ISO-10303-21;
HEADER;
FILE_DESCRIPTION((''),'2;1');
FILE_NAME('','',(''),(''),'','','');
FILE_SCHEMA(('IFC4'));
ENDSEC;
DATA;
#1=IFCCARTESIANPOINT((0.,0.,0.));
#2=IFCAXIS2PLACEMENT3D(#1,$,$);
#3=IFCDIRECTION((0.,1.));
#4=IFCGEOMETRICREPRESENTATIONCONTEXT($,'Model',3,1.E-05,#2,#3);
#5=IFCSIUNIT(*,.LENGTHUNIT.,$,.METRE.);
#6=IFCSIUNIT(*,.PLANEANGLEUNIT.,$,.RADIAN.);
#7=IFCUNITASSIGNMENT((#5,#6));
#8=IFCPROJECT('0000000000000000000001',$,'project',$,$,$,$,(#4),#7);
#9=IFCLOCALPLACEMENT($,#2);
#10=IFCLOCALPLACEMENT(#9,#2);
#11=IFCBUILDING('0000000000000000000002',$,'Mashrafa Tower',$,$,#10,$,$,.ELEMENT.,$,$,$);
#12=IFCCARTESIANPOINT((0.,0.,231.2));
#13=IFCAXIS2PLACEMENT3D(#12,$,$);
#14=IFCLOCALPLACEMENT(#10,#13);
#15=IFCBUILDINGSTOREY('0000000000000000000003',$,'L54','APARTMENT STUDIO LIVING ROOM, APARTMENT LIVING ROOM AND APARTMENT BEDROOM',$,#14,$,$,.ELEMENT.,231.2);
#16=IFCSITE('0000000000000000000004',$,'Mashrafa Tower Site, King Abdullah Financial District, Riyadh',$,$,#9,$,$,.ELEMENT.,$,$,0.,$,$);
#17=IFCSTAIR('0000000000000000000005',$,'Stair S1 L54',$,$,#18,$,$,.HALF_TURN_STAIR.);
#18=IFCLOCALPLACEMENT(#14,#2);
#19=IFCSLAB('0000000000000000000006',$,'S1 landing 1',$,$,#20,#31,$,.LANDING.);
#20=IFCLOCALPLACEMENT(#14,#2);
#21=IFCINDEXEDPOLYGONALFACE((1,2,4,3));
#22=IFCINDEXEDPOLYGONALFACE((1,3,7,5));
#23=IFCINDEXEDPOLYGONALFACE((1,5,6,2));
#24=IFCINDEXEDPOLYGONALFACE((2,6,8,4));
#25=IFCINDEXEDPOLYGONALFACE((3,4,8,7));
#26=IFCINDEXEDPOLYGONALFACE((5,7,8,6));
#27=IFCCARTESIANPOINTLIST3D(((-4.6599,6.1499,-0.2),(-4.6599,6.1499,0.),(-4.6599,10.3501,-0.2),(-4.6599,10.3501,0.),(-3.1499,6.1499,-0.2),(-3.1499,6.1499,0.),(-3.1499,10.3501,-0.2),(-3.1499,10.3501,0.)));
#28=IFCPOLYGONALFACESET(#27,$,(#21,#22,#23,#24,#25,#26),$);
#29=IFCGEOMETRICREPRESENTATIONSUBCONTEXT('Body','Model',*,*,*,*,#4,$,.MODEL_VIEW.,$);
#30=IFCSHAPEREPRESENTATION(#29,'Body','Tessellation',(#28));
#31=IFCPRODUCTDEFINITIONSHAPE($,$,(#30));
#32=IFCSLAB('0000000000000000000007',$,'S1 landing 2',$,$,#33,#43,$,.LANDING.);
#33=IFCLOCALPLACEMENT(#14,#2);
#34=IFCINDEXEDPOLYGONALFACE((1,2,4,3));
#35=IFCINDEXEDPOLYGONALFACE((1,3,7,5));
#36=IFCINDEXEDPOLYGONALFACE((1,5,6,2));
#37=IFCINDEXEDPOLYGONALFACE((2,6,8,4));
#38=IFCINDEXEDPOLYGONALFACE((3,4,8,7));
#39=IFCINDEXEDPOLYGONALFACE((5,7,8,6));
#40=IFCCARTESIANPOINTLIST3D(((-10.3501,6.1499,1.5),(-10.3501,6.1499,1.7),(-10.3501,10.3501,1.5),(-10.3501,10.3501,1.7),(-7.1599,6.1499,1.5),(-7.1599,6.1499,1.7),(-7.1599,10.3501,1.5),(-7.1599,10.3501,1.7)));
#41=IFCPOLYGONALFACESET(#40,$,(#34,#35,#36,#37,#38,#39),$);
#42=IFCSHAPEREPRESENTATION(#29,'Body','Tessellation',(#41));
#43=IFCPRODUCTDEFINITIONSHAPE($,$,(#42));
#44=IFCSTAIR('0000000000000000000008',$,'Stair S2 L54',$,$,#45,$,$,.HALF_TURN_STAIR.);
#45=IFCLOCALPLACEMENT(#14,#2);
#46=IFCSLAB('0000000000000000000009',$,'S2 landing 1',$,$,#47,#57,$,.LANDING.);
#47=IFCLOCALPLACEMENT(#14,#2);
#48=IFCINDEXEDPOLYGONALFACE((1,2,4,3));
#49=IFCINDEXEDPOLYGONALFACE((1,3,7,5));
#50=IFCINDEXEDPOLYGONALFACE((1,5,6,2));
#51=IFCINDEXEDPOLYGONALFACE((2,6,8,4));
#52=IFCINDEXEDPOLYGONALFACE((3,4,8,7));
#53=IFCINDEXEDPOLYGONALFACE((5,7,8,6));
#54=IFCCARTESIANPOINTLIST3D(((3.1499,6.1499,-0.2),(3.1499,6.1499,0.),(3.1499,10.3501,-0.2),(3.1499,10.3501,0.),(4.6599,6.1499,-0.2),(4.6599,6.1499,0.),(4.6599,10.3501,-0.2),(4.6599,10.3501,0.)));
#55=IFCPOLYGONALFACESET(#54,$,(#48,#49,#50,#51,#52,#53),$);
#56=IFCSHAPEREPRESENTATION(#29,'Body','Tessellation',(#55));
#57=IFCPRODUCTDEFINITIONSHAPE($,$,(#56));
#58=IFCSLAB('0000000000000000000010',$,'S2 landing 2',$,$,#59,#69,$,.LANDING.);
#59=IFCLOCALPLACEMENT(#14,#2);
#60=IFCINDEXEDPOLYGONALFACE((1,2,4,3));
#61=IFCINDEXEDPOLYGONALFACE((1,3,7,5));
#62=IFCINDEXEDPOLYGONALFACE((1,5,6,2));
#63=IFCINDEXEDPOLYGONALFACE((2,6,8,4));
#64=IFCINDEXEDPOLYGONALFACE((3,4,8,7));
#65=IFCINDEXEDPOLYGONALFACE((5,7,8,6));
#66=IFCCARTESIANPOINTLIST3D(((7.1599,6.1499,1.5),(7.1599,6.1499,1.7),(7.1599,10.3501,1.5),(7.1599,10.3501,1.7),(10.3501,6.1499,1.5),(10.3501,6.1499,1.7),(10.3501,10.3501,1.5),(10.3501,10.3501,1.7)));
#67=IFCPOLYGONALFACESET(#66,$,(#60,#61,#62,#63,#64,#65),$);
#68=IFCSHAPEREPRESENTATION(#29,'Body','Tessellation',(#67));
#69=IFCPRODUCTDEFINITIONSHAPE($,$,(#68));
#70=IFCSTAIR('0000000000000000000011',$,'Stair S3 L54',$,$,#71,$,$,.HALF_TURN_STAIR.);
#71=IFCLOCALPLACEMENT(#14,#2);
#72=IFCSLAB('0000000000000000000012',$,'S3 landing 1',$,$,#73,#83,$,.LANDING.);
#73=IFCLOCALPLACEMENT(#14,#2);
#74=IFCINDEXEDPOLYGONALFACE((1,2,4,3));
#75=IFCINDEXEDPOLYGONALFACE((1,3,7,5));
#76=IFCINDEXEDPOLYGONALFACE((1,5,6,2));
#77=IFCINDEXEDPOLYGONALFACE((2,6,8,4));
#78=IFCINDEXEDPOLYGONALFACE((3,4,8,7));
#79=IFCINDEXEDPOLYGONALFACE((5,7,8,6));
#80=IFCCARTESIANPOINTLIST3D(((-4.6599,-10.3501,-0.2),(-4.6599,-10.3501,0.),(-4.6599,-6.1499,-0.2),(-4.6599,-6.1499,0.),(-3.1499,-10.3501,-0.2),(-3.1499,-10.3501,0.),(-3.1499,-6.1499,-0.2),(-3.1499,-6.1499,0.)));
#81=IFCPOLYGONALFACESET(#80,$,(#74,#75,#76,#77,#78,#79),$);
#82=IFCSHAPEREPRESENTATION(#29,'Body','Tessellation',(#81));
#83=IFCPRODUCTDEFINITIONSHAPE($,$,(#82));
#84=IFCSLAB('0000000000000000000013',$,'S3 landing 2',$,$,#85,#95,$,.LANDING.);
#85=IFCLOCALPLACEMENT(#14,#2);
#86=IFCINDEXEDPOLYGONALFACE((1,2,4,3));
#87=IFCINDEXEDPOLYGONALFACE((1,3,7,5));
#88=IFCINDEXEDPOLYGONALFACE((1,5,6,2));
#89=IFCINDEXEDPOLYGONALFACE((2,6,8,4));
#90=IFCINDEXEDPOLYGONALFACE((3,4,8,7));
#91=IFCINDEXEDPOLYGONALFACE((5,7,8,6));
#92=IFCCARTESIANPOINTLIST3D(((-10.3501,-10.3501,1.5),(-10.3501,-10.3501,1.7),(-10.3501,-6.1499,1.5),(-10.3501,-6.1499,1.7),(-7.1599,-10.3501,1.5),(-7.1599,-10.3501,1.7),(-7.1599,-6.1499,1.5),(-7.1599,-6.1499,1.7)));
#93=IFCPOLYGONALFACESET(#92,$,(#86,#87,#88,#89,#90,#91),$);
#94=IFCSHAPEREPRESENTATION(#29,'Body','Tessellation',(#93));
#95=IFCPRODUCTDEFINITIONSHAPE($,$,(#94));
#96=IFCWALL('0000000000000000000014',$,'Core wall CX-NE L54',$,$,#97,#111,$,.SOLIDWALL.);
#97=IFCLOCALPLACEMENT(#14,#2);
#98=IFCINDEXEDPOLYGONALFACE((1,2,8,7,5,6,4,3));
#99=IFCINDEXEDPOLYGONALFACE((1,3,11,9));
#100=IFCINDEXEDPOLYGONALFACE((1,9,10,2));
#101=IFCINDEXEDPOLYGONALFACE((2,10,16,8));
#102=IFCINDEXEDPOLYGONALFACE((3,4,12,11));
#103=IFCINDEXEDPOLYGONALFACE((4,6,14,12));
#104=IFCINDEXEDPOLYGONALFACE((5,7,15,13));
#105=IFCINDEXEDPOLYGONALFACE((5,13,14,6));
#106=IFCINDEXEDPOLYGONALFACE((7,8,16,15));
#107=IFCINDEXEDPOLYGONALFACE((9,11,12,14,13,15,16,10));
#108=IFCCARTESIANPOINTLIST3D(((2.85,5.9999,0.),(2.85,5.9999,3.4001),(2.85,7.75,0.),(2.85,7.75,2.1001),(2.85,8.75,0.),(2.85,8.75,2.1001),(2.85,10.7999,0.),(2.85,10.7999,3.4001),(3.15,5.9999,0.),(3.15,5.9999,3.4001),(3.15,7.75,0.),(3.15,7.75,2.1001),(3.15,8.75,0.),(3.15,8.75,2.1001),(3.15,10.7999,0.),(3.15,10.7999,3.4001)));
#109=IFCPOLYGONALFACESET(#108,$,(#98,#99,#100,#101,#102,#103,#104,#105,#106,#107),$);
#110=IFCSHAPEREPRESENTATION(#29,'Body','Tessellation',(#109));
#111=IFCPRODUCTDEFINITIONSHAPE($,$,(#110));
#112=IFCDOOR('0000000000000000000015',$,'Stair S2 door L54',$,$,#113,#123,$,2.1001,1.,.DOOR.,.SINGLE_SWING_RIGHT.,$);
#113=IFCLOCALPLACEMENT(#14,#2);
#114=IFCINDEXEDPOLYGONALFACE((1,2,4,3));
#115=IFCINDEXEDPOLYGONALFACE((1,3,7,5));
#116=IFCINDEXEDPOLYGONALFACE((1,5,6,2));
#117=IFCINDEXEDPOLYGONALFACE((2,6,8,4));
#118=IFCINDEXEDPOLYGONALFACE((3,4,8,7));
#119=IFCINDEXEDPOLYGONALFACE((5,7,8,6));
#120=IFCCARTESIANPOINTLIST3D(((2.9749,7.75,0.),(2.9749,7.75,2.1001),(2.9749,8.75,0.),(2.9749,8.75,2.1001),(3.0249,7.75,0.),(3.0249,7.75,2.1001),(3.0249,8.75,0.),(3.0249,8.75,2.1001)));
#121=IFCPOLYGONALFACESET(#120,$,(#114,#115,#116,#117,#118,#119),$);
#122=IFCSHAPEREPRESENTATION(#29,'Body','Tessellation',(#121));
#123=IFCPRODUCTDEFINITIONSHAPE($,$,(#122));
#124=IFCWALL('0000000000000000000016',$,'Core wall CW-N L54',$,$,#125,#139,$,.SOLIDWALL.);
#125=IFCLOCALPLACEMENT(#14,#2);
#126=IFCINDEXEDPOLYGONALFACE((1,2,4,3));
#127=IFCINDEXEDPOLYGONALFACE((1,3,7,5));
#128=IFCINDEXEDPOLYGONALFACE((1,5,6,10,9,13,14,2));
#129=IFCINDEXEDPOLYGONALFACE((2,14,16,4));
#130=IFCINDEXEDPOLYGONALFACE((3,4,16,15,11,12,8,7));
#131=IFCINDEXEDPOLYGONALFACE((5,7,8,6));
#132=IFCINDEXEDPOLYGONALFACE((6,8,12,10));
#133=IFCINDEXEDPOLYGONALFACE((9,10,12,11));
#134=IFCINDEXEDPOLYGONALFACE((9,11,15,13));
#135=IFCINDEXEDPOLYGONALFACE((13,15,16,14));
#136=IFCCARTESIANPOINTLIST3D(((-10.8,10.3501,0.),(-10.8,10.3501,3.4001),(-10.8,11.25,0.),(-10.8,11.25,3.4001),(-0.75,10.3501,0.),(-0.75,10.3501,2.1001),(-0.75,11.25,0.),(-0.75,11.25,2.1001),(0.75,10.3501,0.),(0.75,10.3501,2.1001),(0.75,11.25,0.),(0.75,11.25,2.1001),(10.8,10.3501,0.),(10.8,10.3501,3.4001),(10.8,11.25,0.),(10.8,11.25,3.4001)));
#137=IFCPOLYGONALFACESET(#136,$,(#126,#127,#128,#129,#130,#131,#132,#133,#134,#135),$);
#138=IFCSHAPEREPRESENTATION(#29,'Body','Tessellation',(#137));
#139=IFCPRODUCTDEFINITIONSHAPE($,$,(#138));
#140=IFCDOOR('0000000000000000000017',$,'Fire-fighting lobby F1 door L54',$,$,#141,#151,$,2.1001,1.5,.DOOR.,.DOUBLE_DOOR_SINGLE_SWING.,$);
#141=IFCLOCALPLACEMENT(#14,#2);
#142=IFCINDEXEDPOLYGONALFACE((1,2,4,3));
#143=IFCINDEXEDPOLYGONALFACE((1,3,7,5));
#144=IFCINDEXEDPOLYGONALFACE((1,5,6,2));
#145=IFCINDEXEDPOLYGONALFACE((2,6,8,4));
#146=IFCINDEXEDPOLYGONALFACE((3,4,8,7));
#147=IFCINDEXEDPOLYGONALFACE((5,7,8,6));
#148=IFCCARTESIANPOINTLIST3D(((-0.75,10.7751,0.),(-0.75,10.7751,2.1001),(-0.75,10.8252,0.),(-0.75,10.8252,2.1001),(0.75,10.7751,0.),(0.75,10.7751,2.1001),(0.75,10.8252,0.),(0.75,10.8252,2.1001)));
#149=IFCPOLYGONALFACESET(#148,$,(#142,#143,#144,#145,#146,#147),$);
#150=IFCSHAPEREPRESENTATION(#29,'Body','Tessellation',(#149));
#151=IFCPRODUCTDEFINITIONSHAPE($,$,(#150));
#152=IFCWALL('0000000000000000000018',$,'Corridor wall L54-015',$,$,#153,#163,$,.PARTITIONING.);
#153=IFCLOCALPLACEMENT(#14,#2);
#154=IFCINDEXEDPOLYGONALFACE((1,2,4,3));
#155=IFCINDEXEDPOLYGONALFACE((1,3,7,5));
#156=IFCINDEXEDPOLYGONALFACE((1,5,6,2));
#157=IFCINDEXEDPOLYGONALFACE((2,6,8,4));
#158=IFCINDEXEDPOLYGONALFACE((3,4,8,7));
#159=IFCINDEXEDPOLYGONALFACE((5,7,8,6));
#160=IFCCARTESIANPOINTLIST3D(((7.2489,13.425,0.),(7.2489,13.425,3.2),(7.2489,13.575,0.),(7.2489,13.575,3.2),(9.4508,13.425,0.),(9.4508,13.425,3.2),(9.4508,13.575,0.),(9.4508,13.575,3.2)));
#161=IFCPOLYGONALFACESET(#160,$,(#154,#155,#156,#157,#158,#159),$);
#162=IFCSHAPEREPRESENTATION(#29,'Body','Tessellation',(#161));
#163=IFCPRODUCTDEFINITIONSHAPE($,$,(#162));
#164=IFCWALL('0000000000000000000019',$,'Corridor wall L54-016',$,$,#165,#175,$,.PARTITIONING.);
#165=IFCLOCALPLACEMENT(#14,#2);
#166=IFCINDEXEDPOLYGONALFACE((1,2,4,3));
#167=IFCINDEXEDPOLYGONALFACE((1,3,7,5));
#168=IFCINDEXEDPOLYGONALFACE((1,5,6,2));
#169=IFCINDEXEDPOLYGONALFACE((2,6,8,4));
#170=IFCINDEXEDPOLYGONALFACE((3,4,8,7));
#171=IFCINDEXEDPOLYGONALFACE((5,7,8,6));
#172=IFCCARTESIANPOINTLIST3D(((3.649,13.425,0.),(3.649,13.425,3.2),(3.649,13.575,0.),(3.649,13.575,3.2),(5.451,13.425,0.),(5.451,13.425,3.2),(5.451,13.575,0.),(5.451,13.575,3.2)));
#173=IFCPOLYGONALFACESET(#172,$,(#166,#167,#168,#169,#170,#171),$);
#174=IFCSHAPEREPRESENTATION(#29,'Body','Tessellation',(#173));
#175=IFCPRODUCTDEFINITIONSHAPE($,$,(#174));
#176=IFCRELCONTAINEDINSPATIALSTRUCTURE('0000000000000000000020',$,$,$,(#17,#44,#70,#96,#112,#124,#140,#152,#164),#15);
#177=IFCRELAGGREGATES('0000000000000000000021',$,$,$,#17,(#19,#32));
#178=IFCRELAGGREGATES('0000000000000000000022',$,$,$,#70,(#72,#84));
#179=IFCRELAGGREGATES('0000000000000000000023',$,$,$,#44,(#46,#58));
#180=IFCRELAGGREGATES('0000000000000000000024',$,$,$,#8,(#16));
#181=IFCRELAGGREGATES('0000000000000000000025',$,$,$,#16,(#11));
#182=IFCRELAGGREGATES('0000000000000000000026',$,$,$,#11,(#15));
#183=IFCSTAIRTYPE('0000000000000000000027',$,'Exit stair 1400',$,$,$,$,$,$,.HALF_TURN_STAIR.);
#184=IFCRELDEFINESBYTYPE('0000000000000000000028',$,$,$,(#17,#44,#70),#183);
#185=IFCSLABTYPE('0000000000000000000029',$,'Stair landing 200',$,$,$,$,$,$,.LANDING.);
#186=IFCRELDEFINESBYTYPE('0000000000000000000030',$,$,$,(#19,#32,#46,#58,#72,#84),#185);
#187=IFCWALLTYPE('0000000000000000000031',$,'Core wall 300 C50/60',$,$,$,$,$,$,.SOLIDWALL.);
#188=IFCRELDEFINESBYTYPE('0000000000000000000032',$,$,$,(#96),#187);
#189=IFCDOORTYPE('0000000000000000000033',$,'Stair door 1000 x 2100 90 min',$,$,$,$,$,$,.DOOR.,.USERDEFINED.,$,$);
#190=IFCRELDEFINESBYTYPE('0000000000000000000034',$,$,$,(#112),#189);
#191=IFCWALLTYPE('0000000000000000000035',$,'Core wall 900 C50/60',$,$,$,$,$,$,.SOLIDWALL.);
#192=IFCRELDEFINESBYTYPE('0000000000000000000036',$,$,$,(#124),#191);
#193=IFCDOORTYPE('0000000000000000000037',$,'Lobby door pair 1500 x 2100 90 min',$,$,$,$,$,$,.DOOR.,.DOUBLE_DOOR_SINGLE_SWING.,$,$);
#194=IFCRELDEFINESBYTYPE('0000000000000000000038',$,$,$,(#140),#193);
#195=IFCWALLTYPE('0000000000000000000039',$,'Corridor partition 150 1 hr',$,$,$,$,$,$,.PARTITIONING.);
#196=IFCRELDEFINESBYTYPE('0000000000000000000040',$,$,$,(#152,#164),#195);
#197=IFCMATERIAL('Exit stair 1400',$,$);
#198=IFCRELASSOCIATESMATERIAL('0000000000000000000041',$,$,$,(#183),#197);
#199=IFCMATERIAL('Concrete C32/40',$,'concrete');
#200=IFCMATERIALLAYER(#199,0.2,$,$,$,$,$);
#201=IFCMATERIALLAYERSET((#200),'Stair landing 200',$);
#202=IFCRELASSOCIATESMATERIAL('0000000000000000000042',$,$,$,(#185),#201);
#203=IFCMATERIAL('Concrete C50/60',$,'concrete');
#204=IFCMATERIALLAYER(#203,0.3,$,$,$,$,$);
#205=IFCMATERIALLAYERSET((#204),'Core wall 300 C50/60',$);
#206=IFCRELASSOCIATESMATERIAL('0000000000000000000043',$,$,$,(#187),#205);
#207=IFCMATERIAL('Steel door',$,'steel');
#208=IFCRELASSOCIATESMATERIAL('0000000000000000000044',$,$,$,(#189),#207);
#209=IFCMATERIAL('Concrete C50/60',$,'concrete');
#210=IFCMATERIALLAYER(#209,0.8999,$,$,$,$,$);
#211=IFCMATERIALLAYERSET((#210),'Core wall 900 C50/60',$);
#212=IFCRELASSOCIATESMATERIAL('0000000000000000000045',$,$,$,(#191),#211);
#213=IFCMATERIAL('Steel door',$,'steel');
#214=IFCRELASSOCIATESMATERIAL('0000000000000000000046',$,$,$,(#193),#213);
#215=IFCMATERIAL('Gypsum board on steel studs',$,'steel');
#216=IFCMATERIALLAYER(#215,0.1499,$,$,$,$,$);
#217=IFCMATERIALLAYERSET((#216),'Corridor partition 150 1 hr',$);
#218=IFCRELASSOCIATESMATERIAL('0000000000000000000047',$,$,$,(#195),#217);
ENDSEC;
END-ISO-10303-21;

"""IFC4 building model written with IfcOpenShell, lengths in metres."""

from ifc_helpers import new_model, si_unit, direction, frame, frame_2d, origin, place, context, subcontext, project, spatial, polyline, rectangle, outline, extrude, material, layer, layer_set, type_object, element, fill, aggregate, save


model = new_model("IFC4")

# Units and contexts
model_context = context("Model", 3, precision=1e-05, world=origin(), true_north=direction((0.0, 1.0)))
body_context = subcontext(model_context, "Body", "Model", "MODEL_VIEW")
ifc_project = project(units=[si_unit("LENGTHUNIT", "METRE"), si_unit("PLANEANGLEUNIT", "RADIAN")], contexts=[model_context])

# Site, building, storey
site_placement = place(None, origin())
site = spatial("IfcSite", under=ifc_project, at=site_placement, Name="Mashrafa Tower Site, King Abdullah Financial District, Riyadh", CompositionType="ELEMENT", RefElevation=0.0)
building_placement = place(site_placement, origin())
building = spatial("IfcBuilding", under=site, at=building_placement, Name="Mashrafa Tower", CompositionType="ELEMENT")
storey_placement = place(building_placement, frame((0.0, 0.0, 231.2)))
storey = spatial("IfcBuildingStorey", under=building, at=storey_placement, Name="L54", Description="APARTMENT STUDIO LIVING ROOM, APARTMENT LIVING ROOM AND APARTMENT BEDROOM", CompositionType="ELEMENT", Elevation=231.2)

# Stairs, slabs
ifc_material_1 = material(Name="Exit stair 1400")
stair_type = type_object("IfcStairType", Name="Exit stair 1400", PredefinedType="HALF_TURN_STAIR", material=ifc_material_1)
stair_1_placement = place(storey_placement, origin())
stair_1 = element("IfcStair", 1, at=stair_1_placement, inside=storey, type_object=stair_type, Name="Stair S1 L54", PredefinedType="HALF_TURN_STAIR")
ifc_material_2 = material(Name="Concrete C32/40", Category="concrete")
ifc_layer_1 = layer(ifc_material_2, 0.2)
ifc_layer_set_1 = layer_set([ifc_layer_1], Name="Stair landing 200")
slab_type = type_object("IfcSlabType", Name="Stair landing 200", PredefinedType="LANDING", material=ifc_layer_set_1)
slab_1_placement = place(storey_placement, frame((0.0, 0.0, -0.2)))
slab_1 = element("IfcSlab", 2, at=slab_1_placement, type_object=slab_type, Name="S1 landing 1", PredefinedType="LANDING", context=body_context, shape_type="SweptSolid", body=[
    extrude(outline(polyline([(-4.6599, 6.1499), (-3.1499, 6.1499), (-3.1499, 10.3501), (-4.6599, 10.3501), (-4.6599, 6.1499)])), origin(), (0.0, 0.0, 1.0), 0.2),
])
slab_2_placement = place(storey_placement, frame((0.0, 0.0, 1.5)))
slab_2 = element("IfcSlab", 3, at=slab_2_placement, type_object=slab_type, Name="S1 landing 2", PredefinedType="LANDING", context=body_context, shape_type="SweptSolid", body=[
    extrude(outline(polyline([(-10.3501, 6.1499), (-7.1599, 6.1499), (-7.1599, 10.3501), (-10.3501, 10.3501), (-10.3501, 6.1499)])), origin(), (0.0, 0.0, 1.0), 0.2),
])
aggregate(stair_1, [slab_1, slab_2])
stair_2_placement = place(storey_placement, origin())
stair_2 = element("IfcStair", 4, at=stair_2_placement, inside=storey, type_object=stair_type, Name="Stair S2 L54", PredefinedType="HALF_TURN_STAIR")
slab_3_placement = place(storey_placement, frame((0.0, 0.0, -0.2)))
slab_3 = element("IfcSlab", 5, at=slab_3_placement, type_object=slab_type, Name="S2 landing 1", PredefinedType="LANDING", context=body_context, shape_type="SweptSolid", body=[
    extrude(outline(polyline([(3.1499, 6.1499), (4.6599, 6.1499), (4.6599, 10.3501), (3.1499, 10.3501), (3.1499, 6.1499)])), origin(), (0.0, 0.0, 1.0), 0.2),
])
slab_4_placement = place(storey_placement, frame((0.0, 0.0, 1.5)))
slab_4 = element("IfcSlab", 6, at=slab_4_placement, type_object=slab_type, Name="S2 landing 2", PredefinedType="LANDING", context=body_context, shape_type="SweptSolid", body=[
    extrude(outline(polyline([(7.1599, 6.1499), (10.3501, 6.1499), (10.3501, 10.3501), (7.1599, 10.3501), (7.1599, 6.1499)])), origin(), (0.0, 0.0, 1.0), 0.2),
])
stair_3_placement = place(storey_placement, origin())
stair_3 = element("IfcStair", 7, at=stair_3_placement, inside=storey, type_object=stair_type, Name="Stair S3 L54", PredefinedType="HALF_TURN_STAIR")
slab_5_placement = place(storey_placement, frame((0.0, 0.0, -0.2)))
slab_5 = element("IfcSlab", 8, at=slab_5_placement, type_object=slab_type, Name="S3 landing 1", PredefinedType="LANDING", context=body_context, shape_type="SweptSolid", body=[
    extrude(outline(polyline([(-4.6599, -10.3501), (-3.1499, -10.3501), (-3.1499, -6.1499), (-4.6599, -6.1499), (-4.6599, -10.3501)])), origin(), (0.0, 0.0, 1.0), 0.2),
])
slab_6_placement = place(storey_placement, frame((0.0, 0.0, 1.5)))
slab_6 = element("IfcSlab", 9, at=slab_6_placement, type_object=slab_type, Name="S3 landing 2", PredefinedType="LANDING", context=body_context, shape_type="SweptSolid", body=[
    extrude(outline(polyline([(-10.3501, -10.3501), (-7.1599, -10.3501), (-7.1599, -6.1499), (-10.3501, -6.1499), (-10.3501, -10.3501)])), origin(), (0.0, 0.0, 1.0), 0.2),
])
aggregate(stair_3, [slab_5, slab_6])

# Walls, openings, doors
ifc_material_3 = material(Name="Concrete C50/60", Category="concrete")
ifc_layer_2 = layer(ifc_material_3, 0.3)
ifc_layer_set_2 = layer_set([ifc_layer_2], Name="Core wall 300 C50/60")
wall_type_1 = type_object("IfcWallType", Name="Core wall 300 C50/60", PredefinedType="SOLIDWALL", material=ifc_layer_set_2)
wall_1_placement = place(storey_placement, frame((3.0, 6.0, 0.0), z_axis=(0.0, 0.0, 1.0), x_axis=(0.0, 1.0, 0.0)))
wall_1 = element("IfcWall", 10, at=wall_1_placement, inside=storey, type_object=wall_type_1, Name="Core wall CX-NE L54", PredefinedType="SOLIDWALL", context=body_context, shape_type="SweptSolid", body=[
    extrude(rectangle(XDim=4.8, YDim=0.3, at=frame_2d((2.3999, 0.0))), origin(), (0.0, 0.0, 1.0), 3.4001),
])
opening_1_placement = place(wall_1_placement, frame((1.75, 0.0, 0.0)))
opening_1 = element("IfcOpeningElement", 11, at=opening_1_placement, cuts=wall_1, PredefinedType="OPENING", context=body_context, shape_type="SweptSolid", body=[
    extrude(rectangle(XDim=1.0, YDim=2.1001, at=frame_2d((0.5, 1.05))), frame((0.0, 0.1599, 0.0), z_axis=(0.0, -1.0, 0.0), x_axis=(1.0, 0.0, 0.0)), (0.0, 0.0, 1.0), 0.3201),
])
ifc_material_4 = material(Name="Steel door", Category="steel")
door_type_1 = type_object("IfcDoorType", Name="Stair door 1000 x 2100 90 min", OperationType="USERDEFINED", PredefinedType="DOOR", material=ifc_material_4)
door_1_placement = place(opening_1_placement, frame((1.0, 0.0, 0.0), z_axis=(0.0, 0.0, 1.0), x_axis=(-1.0, 0.0, 0.0)))
door_1 = element("IfcDoor", 12, at=door_1_placement, inside=storey, type_object=door_type_1, Name="Stair S2 door L54", OperationType="SINGLE_SWING_RIGHT", OverallHeight=2.1001, OverallWidth=1.0, PredefinedType="DOOR", context=body_context, shape_type="SweptSolid", body=[
    extrude(rectangle(XDim=1.0, YDim=2.1001, at=frame_2d((0.5, 1.05))), frame((0.0, 0.0249, 0.0), z_axis=(0.0, -1.0, 0.0), x_axis=(1.0, 0.0, 0.0)), (0.0, 0.0, 1.0), 0.05),
])
fill(opening_1, door_1)
ifc_material_5 = material(Name="Concrete C50/60", Category="concrete")
ifc_layer_3 = layer(ifc_material_5, 0.8999)
ifc_layer_set_3 = layer_set([ifc_layer_3], Name="Core wall 900 C50/60")
wall_type_2 = type_object("IfcWallType", Name="Core wall 900 C50/60", PredefinedType="SOLIDWALL", material=ifc_layer_set_3)
wall_2_placement = place(storey_placement, frame((10.8, 10.8, 0.0), z_axis=(0.0, 0.0, 1.0), x_axis=(-1.0, 0.0, 0.0)))
wall_2 = element("IfcWall", 13, at=wall_2_placement, inside=storey, type_object=wall_type_2, Name="Core wall CW-N L54", PredefinedType="SOLIDWALL", context=body_context, shape_type="SweptSolid", body=[
    extrude(rectangle(XDim=21.6001, YDim=0.8999, at=frame_2d((10.8, 0.0))), origin(), (0.0, 0.0, 1.0), 3.4001),
])
opening_2_placement = place(wall_2_placement, frame((10.05, 0.0, 0.0)))
opening_2 = element("IfcOpeningElement", 14, at=opening_2_placement, cuts=wall_2, PredefinedType="OPENING", context=body_context, shape_type="SweptSolid", body=[
    extrude(rectangle(XDim=1.5, YDim=2.1001, at=frame_2d((0.75, 1.05))), frame((0.0, 0.46, 0.0), z_axis=(0.0, -1.0, 0.0), x_axis=(1.0, 0.0, 0.0)), (0.0, 0.0, 1.0), 0.9199),
])
ifc_material_6 = material(Name="Steel door", Category="steel")
door_type_2 = type_object("IfcDoorType", Name="Lobby door pair 1500 x 2100 90 min", OperationType="DOUBLE_DOOR_SINGLE_SWING", PredefinedType="DOOR", material=ifc_material_6)
door_2_placement = place(opening_2_placement, origin())
door_2 = element("IfcDoor", 15, at=door_2_placement, inside=storey, type_object=door_type_2, Name="Fire-fighting lobby F1 door L54", OperationType="DOUBLE_DOOR_SINGLE_SWING", OverallHeight=2.1001, OverallWidth=1.5, PredefinedType="DOOR", context=body_context, shape_type="SweptSolid", body=[
    extrude(rectangle(XDim=1.5, YDim=2.1001, at=frame_2d((0.75, 1.05))), frame((0.0, 0.0249, 0.0), z_axis=(0.0, -1.0, 0.0), x_axis=(1.0, 0.0, 0.0)), (0.0, 0.0, 1.0), 0.05),
])
fill(opening_2, door_2)

# Walls
ifc_material_7 = material(Name="Gypsum board on steel studs", Category="steel")
ifc_layer_4 = layer(ifc_material_7, 0.1499)
ifc_layer_set_4 = layer_set([ifc_layer_4], Name="Corridor partition 150 1 hr")
wall_type_3 = type_object("IfcWallType", Name="Corridor partition 150 1 hr", PredefinedType="PARTITIONING", material=ifc_layer_set_4)
wall_3_placement = place(storey_placement, frame((9.4509, 13.5, 0.0), z_axis=(0.0, 0.0, 1.0), x_axis=(-1.0, 0.0, 0.0)))
element("IfcWall", 16, at=wall_3_placement, inside=storey, type_object=wall_type_3, Name="Corridor wall L54-015", PredefinedType="PARTITIONING", context=body_context, shape_type="SweptSolid", body=[
    extrude(rectangle(XDim=2.2019, YDim=0.1499, at=frame_2d((1.1011, 0.0))), origin(), (0.0, 0.0, 1.0), 3.2),
])
wall_4_placement = place(storey_placement, frame((5.4509, 13.5, 0.0), z_axis=(0.0, 0.0, 1.0), x_axis=(-1.0, 0.0, 0.0)))
element("IfcWall", 17, at=wall_4_placement, inside=storey, type_object=wall_type_3, Name="Corridor wall L54-016", PredefinedType="PARTITIONING", context=body_context, shape_type="SweptSolid", body=[
    extrude(rectangle(XDim=1.802, YDim=0.1499, at=frame_2d((0.9009, 0.0))), origin(), (0.0, 0.0, 1.0), 3.2),
])

aggregate(stair_2, [slab_3, slab_4])

save(model, "model.ifc")
